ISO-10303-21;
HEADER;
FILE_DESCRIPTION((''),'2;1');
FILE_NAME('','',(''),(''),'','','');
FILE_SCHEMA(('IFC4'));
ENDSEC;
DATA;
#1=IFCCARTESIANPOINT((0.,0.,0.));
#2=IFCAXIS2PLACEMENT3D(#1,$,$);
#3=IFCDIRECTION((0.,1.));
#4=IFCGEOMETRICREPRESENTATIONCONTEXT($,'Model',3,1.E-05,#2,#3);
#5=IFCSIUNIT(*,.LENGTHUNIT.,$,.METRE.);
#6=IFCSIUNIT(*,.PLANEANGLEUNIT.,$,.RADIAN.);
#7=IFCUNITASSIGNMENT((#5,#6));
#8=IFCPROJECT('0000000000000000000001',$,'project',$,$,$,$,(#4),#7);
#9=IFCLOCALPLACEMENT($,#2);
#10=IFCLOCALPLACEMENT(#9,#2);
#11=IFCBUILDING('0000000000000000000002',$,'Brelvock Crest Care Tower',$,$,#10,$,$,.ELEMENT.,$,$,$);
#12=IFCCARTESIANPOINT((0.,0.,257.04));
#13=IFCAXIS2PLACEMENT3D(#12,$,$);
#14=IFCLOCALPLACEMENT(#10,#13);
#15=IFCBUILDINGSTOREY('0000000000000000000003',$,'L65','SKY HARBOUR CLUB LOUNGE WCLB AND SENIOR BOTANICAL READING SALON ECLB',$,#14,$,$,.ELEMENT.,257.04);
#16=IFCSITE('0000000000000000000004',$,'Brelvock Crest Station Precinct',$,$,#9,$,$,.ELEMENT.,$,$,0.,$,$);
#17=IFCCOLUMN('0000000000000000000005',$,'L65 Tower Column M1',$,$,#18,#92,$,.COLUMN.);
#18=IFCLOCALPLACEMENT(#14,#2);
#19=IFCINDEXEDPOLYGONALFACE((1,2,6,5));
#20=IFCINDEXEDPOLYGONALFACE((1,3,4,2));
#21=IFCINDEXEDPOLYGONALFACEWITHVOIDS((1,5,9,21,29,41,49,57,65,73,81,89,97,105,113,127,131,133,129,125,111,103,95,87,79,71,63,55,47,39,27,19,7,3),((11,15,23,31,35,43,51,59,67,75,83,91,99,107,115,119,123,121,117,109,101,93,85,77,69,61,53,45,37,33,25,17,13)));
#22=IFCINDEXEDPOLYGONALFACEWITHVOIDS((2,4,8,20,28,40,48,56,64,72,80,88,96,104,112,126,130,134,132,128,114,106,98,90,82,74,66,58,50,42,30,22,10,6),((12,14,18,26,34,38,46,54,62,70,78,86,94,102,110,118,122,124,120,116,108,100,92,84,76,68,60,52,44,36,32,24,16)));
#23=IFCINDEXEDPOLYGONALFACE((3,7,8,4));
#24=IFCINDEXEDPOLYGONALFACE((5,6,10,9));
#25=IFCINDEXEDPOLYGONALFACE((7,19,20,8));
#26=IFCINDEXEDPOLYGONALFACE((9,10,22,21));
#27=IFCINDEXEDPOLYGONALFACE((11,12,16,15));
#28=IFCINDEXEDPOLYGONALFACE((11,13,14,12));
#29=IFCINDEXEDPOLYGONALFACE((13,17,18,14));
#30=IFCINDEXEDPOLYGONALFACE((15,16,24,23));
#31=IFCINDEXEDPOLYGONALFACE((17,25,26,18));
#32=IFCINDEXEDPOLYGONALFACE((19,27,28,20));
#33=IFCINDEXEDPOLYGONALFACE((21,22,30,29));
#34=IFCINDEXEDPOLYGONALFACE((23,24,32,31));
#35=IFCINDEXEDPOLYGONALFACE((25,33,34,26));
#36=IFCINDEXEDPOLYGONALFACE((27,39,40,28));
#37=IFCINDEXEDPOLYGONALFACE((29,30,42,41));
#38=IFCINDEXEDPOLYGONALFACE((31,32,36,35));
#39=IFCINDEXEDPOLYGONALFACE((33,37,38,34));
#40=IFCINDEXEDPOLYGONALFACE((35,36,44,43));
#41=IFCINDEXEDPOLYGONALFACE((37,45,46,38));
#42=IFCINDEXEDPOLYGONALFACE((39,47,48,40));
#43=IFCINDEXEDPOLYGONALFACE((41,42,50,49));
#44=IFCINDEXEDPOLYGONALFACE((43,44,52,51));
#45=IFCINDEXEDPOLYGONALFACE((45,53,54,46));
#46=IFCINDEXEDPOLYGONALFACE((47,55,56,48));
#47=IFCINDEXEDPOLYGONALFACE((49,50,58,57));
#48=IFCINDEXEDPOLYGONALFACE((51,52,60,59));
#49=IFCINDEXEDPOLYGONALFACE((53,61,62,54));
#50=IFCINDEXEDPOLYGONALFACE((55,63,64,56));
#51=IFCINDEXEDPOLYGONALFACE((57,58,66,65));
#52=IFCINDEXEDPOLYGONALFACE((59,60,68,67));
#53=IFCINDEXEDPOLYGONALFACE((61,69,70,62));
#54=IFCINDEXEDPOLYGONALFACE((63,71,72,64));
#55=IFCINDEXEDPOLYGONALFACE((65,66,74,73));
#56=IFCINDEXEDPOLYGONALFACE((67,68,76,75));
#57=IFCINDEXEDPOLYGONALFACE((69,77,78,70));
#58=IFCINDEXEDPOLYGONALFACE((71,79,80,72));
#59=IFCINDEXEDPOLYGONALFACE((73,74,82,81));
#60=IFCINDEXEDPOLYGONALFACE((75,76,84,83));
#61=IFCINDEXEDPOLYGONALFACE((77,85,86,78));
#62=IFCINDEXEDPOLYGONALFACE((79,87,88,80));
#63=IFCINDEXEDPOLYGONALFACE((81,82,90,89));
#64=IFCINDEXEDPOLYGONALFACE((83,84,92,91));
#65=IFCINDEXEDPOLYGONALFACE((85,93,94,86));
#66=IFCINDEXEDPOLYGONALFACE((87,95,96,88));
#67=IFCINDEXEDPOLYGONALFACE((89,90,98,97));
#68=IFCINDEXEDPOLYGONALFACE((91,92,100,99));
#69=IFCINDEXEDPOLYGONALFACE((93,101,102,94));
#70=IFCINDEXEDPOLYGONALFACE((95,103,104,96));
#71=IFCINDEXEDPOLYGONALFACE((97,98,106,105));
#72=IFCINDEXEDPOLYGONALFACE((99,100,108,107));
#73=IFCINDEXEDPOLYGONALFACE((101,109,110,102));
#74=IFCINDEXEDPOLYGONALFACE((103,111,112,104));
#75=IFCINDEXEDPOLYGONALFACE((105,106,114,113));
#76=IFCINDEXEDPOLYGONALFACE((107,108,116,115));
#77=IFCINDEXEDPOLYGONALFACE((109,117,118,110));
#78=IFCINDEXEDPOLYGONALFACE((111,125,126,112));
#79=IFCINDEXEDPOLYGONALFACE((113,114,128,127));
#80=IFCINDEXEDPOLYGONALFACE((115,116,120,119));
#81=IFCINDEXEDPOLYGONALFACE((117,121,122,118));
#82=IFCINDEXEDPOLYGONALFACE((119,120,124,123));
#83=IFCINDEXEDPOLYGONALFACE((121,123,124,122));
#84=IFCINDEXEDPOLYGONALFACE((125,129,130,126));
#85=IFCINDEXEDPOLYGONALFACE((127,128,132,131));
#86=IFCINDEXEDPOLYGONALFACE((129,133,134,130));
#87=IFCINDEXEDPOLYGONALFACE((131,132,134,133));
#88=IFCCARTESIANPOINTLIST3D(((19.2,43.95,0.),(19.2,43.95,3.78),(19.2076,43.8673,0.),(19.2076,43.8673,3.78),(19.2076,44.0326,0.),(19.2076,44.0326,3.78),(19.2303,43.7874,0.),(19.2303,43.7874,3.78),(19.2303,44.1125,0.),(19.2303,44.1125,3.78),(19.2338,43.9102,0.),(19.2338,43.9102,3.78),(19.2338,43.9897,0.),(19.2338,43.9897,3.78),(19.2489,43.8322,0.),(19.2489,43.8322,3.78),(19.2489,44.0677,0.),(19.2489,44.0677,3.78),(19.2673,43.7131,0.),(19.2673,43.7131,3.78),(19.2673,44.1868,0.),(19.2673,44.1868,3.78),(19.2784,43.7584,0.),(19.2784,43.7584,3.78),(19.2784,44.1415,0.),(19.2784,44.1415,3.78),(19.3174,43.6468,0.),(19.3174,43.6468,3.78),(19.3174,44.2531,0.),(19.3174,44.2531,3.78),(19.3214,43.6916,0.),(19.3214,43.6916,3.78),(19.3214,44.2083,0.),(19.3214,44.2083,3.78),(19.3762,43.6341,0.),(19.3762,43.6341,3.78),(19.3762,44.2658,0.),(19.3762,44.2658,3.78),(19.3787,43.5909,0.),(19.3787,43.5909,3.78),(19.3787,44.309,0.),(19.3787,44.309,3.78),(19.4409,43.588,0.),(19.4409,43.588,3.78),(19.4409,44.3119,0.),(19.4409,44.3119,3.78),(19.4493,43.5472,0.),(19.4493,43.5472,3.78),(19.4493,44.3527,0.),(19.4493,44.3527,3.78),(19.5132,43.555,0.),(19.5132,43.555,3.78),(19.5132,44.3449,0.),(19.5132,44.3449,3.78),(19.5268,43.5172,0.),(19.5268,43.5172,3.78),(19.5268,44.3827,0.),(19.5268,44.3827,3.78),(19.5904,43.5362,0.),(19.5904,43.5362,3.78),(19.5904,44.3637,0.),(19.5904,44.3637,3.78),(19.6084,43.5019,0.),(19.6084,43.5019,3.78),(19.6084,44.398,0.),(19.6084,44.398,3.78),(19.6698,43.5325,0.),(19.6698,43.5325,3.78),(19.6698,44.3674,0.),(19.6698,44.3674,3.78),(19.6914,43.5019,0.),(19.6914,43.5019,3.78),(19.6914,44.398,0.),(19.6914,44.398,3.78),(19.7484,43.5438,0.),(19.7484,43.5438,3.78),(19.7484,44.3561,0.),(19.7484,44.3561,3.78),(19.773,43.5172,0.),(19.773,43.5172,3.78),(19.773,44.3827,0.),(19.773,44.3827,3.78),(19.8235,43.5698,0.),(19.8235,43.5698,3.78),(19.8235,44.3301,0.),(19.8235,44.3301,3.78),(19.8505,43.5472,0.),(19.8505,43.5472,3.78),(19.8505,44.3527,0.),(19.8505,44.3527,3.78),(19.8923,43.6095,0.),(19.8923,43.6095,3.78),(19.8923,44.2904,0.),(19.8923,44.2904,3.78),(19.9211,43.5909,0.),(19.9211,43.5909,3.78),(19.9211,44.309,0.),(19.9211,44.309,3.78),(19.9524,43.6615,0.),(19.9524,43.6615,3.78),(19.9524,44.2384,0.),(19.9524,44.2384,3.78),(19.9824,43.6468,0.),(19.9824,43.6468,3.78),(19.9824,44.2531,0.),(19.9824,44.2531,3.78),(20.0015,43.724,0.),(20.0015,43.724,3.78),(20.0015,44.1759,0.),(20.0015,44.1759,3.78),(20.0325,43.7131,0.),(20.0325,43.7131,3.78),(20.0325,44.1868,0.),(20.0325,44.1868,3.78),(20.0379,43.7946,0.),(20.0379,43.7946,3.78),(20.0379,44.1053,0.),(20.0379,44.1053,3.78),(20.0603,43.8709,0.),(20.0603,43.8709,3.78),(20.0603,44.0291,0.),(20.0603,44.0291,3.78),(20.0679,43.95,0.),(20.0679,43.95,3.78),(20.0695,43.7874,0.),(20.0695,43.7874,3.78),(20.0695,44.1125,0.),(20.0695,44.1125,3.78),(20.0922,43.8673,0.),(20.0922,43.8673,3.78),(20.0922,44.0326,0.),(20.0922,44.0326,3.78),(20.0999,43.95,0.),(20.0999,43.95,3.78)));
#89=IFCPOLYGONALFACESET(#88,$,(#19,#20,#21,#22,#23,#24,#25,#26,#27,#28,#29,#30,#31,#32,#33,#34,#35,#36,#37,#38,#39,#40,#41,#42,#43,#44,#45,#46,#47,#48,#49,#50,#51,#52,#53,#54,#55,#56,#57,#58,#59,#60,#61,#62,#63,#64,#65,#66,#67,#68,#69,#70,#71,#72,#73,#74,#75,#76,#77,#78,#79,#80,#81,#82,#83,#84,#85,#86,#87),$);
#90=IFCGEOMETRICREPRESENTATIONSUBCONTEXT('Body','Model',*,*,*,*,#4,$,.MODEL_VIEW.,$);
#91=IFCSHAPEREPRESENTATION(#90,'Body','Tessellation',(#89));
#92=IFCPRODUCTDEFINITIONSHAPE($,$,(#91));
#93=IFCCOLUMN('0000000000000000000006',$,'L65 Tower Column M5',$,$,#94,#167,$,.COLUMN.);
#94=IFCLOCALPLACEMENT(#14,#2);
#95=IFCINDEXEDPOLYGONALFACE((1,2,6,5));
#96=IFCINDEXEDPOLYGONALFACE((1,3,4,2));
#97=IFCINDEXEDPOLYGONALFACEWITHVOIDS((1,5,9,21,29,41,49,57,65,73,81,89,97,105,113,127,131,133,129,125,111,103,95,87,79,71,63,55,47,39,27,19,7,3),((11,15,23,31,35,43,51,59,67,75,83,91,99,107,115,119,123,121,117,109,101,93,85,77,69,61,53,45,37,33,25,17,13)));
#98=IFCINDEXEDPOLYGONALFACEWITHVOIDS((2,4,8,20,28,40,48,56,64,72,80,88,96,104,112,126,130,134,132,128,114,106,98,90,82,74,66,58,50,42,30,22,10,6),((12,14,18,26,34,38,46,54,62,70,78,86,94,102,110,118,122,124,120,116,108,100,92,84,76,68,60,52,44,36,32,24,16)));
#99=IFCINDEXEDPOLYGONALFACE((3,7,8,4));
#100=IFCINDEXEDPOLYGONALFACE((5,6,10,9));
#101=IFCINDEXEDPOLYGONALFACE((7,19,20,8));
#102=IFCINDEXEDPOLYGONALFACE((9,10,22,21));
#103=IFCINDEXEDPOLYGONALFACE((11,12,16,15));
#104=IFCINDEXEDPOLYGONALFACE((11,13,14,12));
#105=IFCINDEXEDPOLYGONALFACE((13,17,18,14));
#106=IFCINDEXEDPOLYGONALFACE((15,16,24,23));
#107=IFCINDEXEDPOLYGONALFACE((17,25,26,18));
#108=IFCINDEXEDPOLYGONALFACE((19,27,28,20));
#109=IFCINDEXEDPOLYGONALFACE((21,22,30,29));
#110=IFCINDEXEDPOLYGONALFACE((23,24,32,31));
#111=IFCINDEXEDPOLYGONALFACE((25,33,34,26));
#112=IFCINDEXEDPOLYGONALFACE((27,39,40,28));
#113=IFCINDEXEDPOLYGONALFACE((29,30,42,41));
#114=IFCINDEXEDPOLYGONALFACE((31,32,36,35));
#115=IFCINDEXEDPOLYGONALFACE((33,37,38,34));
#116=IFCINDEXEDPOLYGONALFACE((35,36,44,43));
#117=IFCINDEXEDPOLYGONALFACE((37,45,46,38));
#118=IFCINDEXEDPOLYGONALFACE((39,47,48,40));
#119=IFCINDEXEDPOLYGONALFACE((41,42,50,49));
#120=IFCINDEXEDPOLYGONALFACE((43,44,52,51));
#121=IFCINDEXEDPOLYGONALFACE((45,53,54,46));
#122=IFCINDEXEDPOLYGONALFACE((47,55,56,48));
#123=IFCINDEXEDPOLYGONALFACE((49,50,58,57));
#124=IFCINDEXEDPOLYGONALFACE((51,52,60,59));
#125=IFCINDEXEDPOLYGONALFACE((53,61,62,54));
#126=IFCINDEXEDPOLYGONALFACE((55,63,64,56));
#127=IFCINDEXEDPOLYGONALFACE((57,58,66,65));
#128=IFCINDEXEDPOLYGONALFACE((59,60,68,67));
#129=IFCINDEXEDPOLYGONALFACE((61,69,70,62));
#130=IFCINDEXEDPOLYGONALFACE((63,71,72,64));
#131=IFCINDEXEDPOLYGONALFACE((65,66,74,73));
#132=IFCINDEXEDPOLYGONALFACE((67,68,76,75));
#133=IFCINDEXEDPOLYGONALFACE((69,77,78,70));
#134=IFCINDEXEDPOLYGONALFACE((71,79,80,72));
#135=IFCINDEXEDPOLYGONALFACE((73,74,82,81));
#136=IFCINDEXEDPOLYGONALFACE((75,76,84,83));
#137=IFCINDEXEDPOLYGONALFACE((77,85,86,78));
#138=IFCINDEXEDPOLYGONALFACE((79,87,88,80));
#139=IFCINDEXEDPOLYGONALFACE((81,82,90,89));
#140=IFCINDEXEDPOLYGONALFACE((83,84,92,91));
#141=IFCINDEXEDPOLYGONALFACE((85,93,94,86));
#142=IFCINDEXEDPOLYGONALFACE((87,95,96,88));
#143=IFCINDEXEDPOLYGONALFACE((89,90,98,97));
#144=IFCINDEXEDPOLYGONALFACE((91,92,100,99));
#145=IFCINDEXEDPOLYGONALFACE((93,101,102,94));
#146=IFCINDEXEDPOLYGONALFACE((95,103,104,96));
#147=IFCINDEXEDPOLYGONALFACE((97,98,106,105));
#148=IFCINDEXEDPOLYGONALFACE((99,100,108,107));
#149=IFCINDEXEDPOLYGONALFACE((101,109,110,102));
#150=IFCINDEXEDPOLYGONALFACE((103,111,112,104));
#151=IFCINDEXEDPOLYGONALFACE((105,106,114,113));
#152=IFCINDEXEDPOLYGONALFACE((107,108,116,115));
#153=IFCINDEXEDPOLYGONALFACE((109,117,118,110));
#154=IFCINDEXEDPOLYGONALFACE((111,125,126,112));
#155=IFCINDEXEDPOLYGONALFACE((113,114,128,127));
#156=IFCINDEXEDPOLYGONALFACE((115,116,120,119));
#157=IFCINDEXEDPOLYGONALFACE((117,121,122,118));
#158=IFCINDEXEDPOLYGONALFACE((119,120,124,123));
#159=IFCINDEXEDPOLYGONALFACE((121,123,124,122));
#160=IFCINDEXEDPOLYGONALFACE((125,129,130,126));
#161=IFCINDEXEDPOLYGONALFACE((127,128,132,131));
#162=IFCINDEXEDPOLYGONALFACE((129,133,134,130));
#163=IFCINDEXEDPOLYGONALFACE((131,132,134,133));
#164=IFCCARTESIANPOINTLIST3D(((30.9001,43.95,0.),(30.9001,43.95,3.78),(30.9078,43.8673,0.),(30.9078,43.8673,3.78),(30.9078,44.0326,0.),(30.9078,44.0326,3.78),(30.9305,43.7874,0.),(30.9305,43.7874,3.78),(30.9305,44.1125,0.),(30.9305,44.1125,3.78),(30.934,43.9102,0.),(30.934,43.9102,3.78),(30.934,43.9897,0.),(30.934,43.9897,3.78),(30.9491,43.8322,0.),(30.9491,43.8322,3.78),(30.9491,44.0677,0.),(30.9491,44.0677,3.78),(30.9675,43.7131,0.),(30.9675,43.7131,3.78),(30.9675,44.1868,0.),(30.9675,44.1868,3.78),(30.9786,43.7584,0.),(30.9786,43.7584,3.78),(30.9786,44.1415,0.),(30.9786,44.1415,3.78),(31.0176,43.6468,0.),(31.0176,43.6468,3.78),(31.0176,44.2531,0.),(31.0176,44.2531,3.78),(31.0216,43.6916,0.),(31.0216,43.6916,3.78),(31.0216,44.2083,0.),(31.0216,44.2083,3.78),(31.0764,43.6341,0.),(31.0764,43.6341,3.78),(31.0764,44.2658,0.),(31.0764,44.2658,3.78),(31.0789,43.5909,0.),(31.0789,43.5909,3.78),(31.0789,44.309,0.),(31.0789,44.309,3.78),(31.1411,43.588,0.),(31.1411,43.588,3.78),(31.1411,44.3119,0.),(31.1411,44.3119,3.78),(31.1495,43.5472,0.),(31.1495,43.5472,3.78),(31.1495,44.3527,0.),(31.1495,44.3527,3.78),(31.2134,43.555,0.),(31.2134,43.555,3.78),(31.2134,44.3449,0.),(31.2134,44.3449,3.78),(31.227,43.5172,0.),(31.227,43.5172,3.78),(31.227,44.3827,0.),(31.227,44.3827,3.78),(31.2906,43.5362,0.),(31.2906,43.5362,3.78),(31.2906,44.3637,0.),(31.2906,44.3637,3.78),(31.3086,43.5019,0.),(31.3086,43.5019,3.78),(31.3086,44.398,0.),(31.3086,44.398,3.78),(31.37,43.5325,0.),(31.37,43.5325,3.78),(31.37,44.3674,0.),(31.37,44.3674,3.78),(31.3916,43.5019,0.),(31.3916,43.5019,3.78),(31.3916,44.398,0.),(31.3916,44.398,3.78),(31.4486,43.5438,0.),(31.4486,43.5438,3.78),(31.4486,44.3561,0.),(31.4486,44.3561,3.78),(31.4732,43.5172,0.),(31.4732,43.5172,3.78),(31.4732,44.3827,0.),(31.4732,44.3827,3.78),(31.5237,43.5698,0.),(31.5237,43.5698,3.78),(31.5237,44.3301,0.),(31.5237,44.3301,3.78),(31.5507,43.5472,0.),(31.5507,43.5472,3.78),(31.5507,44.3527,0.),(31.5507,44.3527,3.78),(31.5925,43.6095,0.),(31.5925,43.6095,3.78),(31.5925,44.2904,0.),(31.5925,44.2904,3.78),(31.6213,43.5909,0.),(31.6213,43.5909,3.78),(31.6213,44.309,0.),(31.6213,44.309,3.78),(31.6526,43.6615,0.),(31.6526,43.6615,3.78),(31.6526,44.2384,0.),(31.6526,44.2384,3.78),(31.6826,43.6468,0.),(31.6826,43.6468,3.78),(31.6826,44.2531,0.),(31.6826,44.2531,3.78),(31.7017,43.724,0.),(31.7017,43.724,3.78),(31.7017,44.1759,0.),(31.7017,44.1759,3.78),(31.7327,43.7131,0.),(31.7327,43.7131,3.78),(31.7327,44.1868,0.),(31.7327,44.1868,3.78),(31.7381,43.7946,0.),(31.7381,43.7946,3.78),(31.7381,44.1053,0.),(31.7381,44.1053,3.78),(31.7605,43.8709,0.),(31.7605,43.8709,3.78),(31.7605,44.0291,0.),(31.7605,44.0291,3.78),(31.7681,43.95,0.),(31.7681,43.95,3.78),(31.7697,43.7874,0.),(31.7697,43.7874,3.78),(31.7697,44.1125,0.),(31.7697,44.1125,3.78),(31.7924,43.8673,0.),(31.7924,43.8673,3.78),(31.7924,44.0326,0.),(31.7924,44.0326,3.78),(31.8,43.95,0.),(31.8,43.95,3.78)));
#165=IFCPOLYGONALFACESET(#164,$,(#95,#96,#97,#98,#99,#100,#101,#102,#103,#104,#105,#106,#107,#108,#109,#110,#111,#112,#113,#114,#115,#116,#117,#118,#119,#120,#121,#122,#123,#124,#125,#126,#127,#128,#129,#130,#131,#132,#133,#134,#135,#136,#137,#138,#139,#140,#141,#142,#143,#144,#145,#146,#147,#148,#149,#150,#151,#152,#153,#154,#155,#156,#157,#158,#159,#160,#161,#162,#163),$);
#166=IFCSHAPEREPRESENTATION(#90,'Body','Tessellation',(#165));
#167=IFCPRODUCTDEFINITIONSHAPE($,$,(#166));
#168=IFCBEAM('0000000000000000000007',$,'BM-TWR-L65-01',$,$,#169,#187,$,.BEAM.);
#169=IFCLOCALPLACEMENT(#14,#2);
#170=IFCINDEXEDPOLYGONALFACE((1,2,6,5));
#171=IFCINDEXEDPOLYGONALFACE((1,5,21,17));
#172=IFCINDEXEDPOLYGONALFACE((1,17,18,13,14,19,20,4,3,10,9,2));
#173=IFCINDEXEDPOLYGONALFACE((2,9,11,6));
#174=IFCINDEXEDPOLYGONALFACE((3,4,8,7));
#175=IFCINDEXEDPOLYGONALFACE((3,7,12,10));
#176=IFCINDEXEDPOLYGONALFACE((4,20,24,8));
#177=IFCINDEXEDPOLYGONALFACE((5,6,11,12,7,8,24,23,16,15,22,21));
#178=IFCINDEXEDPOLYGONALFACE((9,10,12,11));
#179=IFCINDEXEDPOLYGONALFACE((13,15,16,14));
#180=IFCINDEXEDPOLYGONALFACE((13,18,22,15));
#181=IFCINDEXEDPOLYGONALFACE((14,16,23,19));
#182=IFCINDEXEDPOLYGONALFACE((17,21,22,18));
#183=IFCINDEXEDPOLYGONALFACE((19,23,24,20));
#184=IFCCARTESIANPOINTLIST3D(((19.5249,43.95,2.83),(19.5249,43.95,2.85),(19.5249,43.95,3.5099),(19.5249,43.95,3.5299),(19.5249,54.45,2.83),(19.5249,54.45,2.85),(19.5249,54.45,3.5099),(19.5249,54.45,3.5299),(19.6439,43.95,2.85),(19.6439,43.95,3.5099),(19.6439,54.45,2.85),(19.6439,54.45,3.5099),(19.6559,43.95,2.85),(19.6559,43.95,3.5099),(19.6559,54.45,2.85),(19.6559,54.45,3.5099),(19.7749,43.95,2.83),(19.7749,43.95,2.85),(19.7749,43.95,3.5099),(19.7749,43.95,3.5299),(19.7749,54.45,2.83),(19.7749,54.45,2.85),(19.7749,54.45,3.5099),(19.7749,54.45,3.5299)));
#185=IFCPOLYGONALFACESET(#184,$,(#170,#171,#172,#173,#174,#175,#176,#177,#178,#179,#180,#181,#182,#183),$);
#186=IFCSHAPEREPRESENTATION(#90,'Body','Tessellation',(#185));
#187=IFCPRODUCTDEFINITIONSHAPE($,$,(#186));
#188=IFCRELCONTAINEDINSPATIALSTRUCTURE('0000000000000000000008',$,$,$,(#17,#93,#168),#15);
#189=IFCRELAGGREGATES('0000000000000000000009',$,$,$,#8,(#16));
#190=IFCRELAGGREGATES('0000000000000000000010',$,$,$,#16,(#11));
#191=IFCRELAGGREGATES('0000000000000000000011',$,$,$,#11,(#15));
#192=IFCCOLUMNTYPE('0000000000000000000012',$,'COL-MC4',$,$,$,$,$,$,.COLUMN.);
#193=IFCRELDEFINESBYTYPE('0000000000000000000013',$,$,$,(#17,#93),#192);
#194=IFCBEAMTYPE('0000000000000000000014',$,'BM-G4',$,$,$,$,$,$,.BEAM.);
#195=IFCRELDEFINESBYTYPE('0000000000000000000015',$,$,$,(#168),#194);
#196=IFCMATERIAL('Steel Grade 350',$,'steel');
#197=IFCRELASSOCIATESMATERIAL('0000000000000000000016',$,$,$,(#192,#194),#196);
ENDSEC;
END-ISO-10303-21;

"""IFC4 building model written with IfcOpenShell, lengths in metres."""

from ifc_helpers import new_model, si_unit, direction, frame, origin, origin_2d, place, context, subcontext, project, spatial, hollow_circle, i_section, extrude, source, transform, mapped, material, material_profile, profile_set, type_object, element, save


model = new_model("IFC4")

# Units and contexts
model_context = context("Model", 3, precision=1e-05, world=origin(), true_north=direction((0.0, 1.0)))
body_context = subcontext(model_context, "Body", "Model", "MODEL_VIEW")
ifc_project = project(units=[si_unit("LENGTHUNIT", "METRE"), si_unit("PLANEANGLEUNIT", "RADIAN")], contexts=[model_context])

# Site, building, storey
site_placement = place(None, origin())
site = spatial("IfcSite", under=ifc_project, at=site_placement, Name="Brelvock Crest Station Precinct", CompositionType="ELEMENT", RefElevation=0.0)
building_placement = place(site_placement, origin())
building = spatial("IfcBuilding", under=site, at=building_placement, Name="Brelvock Crest Care Tower", CompositionType="ELEMENT")
storey_placement = place(building_placement, frame((0.0, 0.0, 257.04)))
storey = spatial("IfcBuildingStorey", under=building, at=storey_placement, Name="L65", Description="SKY HARBOUR CLUB LOUNGE WCLB AND SENIOR BOTANICAL READING SALON ECLB", CompositionType="ELEMENT", Elevation=257.04)

# Columns
ifc_material_1 = material(Name="Steel Grade 350", Category="steel")
ifc_material_profile_1 = material_profile(ifc_material_1, hollow_circle(Radius=0.45, WallThickness=0.032, at=origin_2d()), Name="CFT900x32")
ifc_profile_set_1 = profile_set([ifc_material_profile_1], Name="Steel Grade 350")
column_type = type_object("IfcColumnType", Name="COL-MC4", PredefinedType="COLUMN", material=ifc_profile_set_1)
shared_shape_1 = source(origin(), body_context, "Body", "SweptSolid", [
    extrude(hollow_circle(Radius=0.45, WallThickness=0.032, at=origin_2d()), origin(), (0.0, 0.0, 1.0), 3.78),
])
for number, where, z_axis, x_axis, name in (
    (1, (19.6499, 43.95, 0.0), (0.0, 0.0, 1.0), (1.0, 0.0, 0.0), "L65 Tower Column M1"),
    (2, (31.3501, 43.95, 0.0), (0.0, 0.0, 1.0), (1.0, 0.0, 0.0), "L65 Tower Column M5"),
):
    element("IfcColumn", number, at=place(storey_placement, frame(where, z_axis=z_axis, x_axis=x_axis)), inside=storey, type_object=column_type, Name=name, PredefinedType="COLUMN", context=body_context, shape_type="MappedRepresentation", body=[
        mapped(shared_shape_1, transform((0.0, 0.0, 0.0), x_axis=(1.0, 0.0, 0.0), y_axis=(0.0, 1.0, 0.0), z_axis=(0.0, 0.0, 1.0), scale=1.0)),
    ])

# Beam
ifc_material_profile_2 = material_profile(ifc_material_1, i_section(OverallWidth=0.25, OverallDepth=0.7, WebThickness=0.012, FlangeThickness=0.02, at=origin_2d()), Name="700WB150")
ifc_profile_set_2 = profile_set([ifc_material_profile_2], Name="Steel Grade 350")
beam_type = type_object("IfcBeamType", Name="BM-G4", PredefinedType="BEAM", material=ifc_profile_set_2)
shared_shape_2 = source(origin(), body_context, "Body", "SweptSolid", [
    extrude(i_section(OverallWidth=0.25, OverallDepth=0.7, WebThickness=0.012, FlangeThickness=0.02, at=origin_2d()), origin(), (0.0, 0.0, 1.0), 10.5),
])
beam_placement = place(storey_placement, frame((19.6499, 43.95, 3.1799), z_axis=(0.0, 1.0, 0.0), x_axis=(-1.0, 0.0, 0.0)))
element("IfcBeam", 3, at=beam_placement, inside=storey, type_object=beam_type, Name="BM-TWR-L65-01", PredefinedType="BEAM", context=body_context, shape_type="MappedRepresentation", body=[
    mapped(shared_shape_2, transform((0.0, 0.0, 0.0), x_axis=(1.0, 0.0, 0.0), y_axis=(0.0, 1.0, 0.0), z_axis=(0.0, 0.0, 1.0), scale=1.0)),
])

save(model, "model.ifc")
